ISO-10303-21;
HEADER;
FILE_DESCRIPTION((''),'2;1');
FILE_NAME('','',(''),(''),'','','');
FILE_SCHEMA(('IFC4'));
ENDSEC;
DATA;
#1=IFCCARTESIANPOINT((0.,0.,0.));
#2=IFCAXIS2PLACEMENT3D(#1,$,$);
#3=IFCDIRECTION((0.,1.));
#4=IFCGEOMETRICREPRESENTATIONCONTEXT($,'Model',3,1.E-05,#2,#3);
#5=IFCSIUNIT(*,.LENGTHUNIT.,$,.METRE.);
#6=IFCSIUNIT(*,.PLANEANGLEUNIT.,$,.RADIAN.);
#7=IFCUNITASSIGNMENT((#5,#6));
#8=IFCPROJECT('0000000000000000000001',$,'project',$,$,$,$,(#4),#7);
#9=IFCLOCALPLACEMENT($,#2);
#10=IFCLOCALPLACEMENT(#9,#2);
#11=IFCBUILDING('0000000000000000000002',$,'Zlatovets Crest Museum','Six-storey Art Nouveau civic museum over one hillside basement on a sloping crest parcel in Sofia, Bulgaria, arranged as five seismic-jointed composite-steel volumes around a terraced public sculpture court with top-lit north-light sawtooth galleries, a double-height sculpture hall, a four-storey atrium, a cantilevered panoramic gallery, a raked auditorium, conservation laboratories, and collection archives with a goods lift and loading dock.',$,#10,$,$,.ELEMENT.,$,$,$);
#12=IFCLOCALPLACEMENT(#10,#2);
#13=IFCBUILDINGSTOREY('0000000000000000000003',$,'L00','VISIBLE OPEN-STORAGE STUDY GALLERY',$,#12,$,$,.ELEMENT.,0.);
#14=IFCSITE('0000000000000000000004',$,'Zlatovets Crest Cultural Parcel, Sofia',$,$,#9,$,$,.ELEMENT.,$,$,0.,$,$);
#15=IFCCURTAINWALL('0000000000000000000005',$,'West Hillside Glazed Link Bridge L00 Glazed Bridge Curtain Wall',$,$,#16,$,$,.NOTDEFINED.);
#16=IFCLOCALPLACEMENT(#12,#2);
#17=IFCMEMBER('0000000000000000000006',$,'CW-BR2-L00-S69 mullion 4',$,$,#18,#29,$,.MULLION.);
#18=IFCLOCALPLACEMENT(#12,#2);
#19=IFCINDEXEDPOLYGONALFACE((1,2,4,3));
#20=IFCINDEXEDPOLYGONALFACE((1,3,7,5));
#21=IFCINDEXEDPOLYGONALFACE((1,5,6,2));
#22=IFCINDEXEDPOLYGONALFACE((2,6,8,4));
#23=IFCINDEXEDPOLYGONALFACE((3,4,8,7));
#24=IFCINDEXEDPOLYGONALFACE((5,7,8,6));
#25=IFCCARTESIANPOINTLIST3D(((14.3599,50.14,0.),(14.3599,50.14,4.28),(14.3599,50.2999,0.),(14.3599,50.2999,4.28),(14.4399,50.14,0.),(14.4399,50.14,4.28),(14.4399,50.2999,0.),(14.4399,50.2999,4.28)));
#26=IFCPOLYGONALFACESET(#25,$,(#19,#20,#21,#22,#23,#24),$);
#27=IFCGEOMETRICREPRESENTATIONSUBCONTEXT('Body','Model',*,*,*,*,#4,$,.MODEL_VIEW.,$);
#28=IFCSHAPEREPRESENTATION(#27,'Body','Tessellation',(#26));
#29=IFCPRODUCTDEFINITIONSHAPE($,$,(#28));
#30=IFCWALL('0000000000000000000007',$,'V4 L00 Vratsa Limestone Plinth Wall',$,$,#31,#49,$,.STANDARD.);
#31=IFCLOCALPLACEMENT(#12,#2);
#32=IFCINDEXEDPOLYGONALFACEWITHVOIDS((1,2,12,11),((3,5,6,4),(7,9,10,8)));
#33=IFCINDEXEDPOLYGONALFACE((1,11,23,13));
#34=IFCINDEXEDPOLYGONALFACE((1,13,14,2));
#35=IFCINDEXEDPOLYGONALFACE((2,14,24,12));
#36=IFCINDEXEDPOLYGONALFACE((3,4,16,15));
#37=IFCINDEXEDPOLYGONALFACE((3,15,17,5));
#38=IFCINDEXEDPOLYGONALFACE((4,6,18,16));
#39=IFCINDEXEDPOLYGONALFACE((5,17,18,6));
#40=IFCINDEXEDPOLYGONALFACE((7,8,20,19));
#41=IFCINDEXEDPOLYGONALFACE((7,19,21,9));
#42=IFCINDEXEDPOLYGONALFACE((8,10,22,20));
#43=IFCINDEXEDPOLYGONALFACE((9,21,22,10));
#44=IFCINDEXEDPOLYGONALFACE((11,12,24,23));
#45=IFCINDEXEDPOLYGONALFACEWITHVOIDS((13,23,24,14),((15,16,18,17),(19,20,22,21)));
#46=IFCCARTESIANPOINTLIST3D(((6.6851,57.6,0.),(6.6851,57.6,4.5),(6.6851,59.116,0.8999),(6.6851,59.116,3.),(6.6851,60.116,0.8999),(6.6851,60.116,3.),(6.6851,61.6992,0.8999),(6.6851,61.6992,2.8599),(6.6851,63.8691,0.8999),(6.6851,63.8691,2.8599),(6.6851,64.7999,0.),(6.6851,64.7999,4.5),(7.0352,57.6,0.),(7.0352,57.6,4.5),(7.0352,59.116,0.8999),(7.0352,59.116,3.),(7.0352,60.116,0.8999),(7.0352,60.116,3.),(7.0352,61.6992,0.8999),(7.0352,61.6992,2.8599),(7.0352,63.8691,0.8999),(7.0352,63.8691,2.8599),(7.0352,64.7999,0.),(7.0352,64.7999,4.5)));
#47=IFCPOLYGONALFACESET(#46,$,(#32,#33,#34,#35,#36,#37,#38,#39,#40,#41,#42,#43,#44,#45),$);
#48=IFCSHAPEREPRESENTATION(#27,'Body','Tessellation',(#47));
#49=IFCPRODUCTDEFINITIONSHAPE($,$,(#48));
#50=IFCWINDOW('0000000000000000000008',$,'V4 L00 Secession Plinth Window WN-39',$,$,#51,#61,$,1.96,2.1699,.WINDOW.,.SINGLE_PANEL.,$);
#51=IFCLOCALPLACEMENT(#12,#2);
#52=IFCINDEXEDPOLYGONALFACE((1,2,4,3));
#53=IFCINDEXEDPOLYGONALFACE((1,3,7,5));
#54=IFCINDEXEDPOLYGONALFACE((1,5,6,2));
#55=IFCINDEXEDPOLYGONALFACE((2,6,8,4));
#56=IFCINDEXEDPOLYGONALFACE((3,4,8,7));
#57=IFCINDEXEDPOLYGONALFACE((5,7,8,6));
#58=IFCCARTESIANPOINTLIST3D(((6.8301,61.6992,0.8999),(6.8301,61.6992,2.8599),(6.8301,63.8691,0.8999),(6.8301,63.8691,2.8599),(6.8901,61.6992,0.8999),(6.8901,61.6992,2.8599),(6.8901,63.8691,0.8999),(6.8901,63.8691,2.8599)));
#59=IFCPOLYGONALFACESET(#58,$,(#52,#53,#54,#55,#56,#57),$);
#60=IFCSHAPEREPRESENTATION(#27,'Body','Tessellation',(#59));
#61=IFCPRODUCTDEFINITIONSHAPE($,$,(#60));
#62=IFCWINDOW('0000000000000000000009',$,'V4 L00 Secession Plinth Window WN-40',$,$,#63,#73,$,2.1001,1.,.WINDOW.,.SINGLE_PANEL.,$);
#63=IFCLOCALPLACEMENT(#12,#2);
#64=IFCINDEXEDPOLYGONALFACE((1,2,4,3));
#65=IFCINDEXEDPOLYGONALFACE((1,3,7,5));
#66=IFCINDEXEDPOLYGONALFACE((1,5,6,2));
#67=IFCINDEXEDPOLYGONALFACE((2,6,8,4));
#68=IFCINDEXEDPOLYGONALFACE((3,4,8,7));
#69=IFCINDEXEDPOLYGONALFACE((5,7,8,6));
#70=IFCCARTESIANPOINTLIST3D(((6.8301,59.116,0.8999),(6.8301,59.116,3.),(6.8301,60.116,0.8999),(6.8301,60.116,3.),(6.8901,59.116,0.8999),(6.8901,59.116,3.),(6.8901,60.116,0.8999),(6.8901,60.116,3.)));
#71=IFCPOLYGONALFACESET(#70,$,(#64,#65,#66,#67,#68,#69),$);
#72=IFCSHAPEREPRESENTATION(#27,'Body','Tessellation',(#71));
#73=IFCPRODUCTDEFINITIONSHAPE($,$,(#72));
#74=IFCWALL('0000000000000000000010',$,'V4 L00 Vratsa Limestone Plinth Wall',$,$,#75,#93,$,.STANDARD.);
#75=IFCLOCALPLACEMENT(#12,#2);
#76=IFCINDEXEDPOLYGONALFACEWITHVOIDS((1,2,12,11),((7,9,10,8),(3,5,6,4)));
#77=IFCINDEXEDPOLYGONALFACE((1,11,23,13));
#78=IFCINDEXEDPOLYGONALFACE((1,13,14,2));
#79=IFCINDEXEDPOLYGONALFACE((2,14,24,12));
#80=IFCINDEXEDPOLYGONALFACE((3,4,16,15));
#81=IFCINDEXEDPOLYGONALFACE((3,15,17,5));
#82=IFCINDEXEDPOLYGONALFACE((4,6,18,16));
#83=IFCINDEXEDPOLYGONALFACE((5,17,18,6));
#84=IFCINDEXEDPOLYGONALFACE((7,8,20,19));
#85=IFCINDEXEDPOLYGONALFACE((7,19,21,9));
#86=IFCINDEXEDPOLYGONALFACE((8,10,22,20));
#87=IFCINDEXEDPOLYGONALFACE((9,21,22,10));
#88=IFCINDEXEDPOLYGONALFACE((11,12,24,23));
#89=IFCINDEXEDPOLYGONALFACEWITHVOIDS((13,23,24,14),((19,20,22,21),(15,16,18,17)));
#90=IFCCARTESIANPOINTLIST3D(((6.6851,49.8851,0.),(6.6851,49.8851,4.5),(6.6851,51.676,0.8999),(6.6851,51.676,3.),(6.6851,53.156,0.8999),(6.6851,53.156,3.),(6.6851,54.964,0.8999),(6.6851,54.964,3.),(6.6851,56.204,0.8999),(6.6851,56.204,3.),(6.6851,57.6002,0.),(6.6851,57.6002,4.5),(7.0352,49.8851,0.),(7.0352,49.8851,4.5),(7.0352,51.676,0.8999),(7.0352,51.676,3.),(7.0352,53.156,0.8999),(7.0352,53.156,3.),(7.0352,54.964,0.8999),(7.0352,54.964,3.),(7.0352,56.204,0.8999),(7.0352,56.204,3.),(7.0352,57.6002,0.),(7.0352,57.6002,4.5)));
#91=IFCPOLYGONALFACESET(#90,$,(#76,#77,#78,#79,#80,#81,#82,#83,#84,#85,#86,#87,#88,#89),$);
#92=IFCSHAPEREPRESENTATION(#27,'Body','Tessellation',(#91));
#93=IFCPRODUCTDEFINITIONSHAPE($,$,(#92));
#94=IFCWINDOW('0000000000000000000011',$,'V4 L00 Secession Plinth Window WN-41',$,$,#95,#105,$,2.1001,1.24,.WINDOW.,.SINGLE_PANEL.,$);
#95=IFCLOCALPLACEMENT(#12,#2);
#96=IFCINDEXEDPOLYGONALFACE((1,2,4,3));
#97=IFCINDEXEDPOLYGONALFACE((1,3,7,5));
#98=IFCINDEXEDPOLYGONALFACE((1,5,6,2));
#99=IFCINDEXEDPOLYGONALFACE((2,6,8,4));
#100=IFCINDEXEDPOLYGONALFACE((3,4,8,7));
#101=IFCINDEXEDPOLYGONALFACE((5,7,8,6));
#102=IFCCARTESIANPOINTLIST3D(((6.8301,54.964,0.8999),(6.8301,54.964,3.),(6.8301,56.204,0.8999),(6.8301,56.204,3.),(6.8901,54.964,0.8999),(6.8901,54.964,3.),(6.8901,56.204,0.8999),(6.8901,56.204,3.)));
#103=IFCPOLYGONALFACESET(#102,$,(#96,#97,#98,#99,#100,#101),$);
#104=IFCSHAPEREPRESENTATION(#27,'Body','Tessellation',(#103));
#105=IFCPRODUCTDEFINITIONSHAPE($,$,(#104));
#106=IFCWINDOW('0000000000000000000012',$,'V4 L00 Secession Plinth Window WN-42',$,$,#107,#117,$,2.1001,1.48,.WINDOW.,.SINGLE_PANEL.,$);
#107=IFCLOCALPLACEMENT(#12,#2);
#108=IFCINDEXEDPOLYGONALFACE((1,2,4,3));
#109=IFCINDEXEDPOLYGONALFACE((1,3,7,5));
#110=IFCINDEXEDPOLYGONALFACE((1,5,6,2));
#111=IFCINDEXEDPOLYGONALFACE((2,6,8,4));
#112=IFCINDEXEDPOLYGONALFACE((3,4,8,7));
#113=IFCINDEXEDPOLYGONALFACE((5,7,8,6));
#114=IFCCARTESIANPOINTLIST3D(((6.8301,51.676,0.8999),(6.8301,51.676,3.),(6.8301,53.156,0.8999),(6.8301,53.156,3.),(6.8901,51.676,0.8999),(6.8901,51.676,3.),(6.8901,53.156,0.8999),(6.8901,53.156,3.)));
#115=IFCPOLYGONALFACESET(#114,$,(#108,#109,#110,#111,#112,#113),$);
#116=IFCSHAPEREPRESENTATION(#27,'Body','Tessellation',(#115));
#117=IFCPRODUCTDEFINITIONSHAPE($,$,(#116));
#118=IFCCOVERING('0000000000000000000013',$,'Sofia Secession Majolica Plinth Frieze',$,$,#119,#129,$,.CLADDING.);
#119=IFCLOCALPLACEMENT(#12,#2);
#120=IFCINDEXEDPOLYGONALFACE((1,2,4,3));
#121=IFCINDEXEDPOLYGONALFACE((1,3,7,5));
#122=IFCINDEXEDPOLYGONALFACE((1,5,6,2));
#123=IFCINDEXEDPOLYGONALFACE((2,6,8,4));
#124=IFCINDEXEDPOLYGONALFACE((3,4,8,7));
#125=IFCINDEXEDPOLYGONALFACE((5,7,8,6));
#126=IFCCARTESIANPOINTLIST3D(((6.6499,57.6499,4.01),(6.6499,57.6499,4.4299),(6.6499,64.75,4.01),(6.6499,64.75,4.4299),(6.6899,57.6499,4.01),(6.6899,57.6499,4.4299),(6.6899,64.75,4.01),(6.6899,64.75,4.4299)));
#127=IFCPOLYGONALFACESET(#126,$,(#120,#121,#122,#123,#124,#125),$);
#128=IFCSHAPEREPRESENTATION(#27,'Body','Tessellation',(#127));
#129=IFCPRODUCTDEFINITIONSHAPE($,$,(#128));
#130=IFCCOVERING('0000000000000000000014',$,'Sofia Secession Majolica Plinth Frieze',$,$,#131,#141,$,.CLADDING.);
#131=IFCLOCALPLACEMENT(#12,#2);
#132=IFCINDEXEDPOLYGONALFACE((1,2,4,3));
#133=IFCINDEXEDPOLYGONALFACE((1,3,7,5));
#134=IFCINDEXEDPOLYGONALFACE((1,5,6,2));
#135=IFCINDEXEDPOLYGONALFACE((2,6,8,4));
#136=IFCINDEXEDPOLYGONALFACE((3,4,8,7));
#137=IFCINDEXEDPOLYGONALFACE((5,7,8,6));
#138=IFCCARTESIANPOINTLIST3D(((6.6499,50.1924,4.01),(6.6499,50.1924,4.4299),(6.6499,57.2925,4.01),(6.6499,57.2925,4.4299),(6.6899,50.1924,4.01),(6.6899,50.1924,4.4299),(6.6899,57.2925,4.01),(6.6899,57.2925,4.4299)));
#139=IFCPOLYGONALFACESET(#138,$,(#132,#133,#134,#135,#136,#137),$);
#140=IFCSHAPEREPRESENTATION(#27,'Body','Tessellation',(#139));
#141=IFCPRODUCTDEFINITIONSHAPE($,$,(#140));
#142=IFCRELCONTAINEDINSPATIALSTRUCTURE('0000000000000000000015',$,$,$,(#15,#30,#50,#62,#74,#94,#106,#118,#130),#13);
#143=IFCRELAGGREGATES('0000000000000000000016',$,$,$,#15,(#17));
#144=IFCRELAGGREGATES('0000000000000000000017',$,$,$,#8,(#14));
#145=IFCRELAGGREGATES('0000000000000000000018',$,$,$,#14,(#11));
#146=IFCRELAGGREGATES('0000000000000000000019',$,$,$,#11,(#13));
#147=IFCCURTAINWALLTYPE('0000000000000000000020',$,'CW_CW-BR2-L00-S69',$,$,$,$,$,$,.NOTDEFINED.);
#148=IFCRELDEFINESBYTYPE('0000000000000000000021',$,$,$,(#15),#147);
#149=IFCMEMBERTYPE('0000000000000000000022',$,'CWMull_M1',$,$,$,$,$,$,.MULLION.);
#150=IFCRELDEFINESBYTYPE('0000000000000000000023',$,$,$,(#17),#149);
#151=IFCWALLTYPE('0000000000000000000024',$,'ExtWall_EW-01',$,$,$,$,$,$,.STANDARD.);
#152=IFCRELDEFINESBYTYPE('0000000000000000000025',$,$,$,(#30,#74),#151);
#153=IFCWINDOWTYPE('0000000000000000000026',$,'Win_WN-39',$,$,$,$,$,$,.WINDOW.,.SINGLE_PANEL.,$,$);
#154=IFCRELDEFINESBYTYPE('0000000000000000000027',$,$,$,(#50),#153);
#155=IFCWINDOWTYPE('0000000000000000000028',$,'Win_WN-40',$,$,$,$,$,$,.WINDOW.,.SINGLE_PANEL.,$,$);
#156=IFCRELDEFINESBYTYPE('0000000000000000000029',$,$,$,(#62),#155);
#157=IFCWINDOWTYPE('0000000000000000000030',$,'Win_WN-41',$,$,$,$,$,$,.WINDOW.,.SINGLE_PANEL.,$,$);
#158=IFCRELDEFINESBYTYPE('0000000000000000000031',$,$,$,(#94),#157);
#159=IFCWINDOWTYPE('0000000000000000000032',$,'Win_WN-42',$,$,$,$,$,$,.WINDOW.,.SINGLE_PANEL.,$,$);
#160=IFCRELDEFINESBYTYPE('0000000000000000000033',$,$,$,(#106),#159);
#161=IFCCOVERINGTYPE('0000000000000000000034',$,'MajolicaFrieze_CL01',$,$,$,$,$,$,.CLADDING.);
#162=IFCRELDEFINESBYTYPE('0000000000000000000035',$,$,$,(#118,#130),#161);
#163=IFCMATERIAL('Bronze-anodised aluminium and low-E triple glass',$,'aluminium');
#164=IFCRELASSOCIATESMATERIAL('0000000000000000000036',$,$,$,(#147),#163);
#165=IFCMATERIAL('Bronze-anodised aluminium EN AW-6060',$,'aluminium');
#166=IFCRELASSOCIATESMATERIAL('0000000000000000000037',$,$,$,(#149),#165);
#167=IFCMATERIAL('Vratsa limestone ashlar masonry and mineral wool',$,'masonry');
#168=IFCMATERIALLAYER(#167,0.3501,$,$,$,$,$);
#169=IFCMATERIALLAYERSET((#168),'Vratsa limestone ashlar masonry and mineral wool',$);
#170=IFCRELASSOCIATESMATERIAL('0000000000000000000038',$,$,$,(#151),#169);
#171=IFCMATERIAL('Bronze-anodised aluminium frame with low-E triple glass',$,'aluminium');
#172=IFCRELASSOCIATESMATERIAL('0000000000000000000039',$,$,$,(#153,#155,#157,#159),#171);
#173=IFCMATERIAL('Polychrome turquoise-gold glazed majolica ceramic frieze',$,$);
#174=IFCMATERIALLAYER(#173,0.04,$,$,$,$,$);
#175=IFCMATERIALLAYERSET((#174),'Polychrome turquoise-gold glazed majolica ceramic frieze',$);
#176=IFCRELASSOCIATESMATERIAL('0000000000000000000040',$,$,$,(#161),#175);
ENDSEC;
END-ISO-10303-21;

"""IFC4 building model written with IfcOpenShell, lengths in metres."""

from ifc_helpers import new_model, si_unit, direction, frame, frame_2d, origin, origin_2d, place, context, subcontext, project, spatial, rectangle, extrude, material, layer, layer_set, material_profile, profile_set, type_object, element, fill, aggregate, save


model = new_model("IFC4")

# Units and contexts
model_context = context("Model", 3, precision=1e-05, world=origin(), true_north=direction((0.0, 1.0)))
body_context = subcontext(model_context, "Body", "Model", "MODEL_VIEW")
ifc_project = project(units=[si_unit("LENGTHUNIT", "METRE"), si_unit("PLANEANGLEUNIT", "RADIAN")], contexts=[model_context])

# Site, building, storey
site_placement = place(None, origin())
site = spatial("IfcSite", under=ifc_project, at=site_placement, Name="Zlatovets Crest Cultural Parcel, Sofia", CompositionType="ELEMENT", RefElevation=0.0)
building_placement = place(site_placement, origin())
building = spatial("IfcBuilding", under=site, at=building_placement, Name="Zlatovets Crest Museum", Description="Six-storey Art Nouveau civic museum over one hillside basement on a sloping crest parcel in Sofia, Bulgaria, arranged as five seismic-jointed composite-steel volumes around a terraced public sculpture court with top-lit north-light sawtooth galleries, a double-height sculpture hall, a four-storey atrium, a cantilevered panoramic gallery, a raked auditorium, conservation laboratories, and collection archives with a goods lift and loading dock.", CompositionType="ELEMENT")
storey_placement = place(building_placement, origin())
storey = spatial("IfcBuildingStorey", under=building, at=storey_placement, Name="L00", Description="VISIBLE OPEN-STORAGE STUDY GALLERY", CompositionType="ELEMENT", Elevation=0.0)

# Curtain wall, member
ifc_material_1 = material(Name="Bronze-anodised aluminium and low-E triple glass", Category="aluminium")
curtain_wall_type = type_object("IfcCurtainWallType", Name="CW_CW-BR2-L00-S69", PredefinedType="NOTDEFINED", material=ifc_material_1)
curtain_wall_placement = place(storey_placement, origin())
curtain_wall = element("IfcCurtainWall", 1, at=curtain_wall_placement, inside=storey, type_object=curtain_wall_type, Name="West Hillside Glazed Link Bridge L00 Glazed Bridge Curtain Wall", PredefinedType="NOTDEFINED")
ifc_material_2 = material(Name="Bronze-anodised aluminium EN AW-6060", Category="aluminium")
ifc_material_profile_1 = material_profile(ifc_material_2, rectangle(XDim=0.0801, YDim=0.1599, at=origin_2d()), Name="ALU 80x160")
ifc_profile_set_1 = profile_set([ifc_material_profile_1], Name="Bronze-anodised aluminium EN AW-6060")
member_type = type_object("IfcMemberType", Name="CWMull_M1", PredefinedType="MULLION", material=ifc_profile_set_1)
member_placement = place(storey_placement, frame((14.3999, 50.22, 0.0), z_axis=(0.0, 0.0, 1.0), x_axis=(-1.0, 0.0, 0.0)))
member = element("IfcMember", 2, at=member_placement, type_object=member_type, Name="CW-BR2-L00-S69 mullion 4", PredefinedType="MULLION", context=body_context, shape_type="SweptSolid", body=[
    extrude(rectangle(XDim=0.0801, YDim=0.1599, at=origin_2d()), origin(), (0.0, 0.0, 1.0), 4.28),
])
aggregate(curtain_wall, [member])

# Walls, openings, windows
ifc_material_3 = material(Name="Vratsa limestone ashlar masonry and mineral wool", Category="masonry")
ifc_layer_1 = layer(ifc_material_3, 0.3501)
ifc_layer_set_1 = layer_set([ifc_layer_1], Name="Vratsa limestone ashlar masonry and mineral wool")
wall_type = type_object("IfcWallType", Name="ExtWall_EW-01", PredefinedType="STANDARD", material=ifc_layer_set_1)
wall_1_placement = place(storey_placement, frame((6.8601, 64.8, 0.0), z_axis=(0.0, 0.0, 1.0), x_axis=(0.0, -1.0, 0.0)))
wall_1 = element("IfcWall", 3, at=wall_1_placement, inside=storey, type_object=wall_type, Name="V4 L00 Vratsa Limestone Plinth Wall", PredefinedType="STANDARD", context=body_context, shape_type="SweptSolid", body=[
    extrude(rectangle(XDim=7.2, YDim=0.3501, at=frame_2d((3.6001, 0.0))), origin(), (0.0, 0.0, 1.0), 4.5),
])
opening_1_placement = place(wall_1_placement, frame((0.9309, 0.0, 0.8999)))
opening_1 = element("IfcOpeningElement", 4, at=opening_1_placement, cuts=wall_1, PredefinedType="OPENING", context=body_context, shape_type="SweptSolid", body=[
    extrude(rectangle(XDim=2.1699, YDim=1.96, at=frame_2d((1.085, 0.98))), frame((0.0, 0.1851, 0.0), z_axis=(0.0, -1.0, 0.0), x_axis=(1.0, 0.0, 0.0)), (0.0, 0.0, 1.0), 0.3701),
])
opening_2_placement = place(wall_1_placement, frame((4.6841, 0.0, 0.8999)))
opening_2 = element("IfcOpeningElement", 5, at=opening_2_placement, cuts=wall_1, PredefinedType="OPENING", context=body_context, shape_type="SweptSolid", body=[
    extrude(rectangle(XDim=1.0, YDim=2.1001, at=frame_2d((0.5, 1.05))), frame((0.0, 0.1851, 0.0), z_axis=(0.0, -1.0, 0.0), x_axis=(1.0, 0.0, 0.0)), (0.0, 0.0, 1.0), 0.3701),
])
ifc_material_4 = material(Name="Bronze-anodised aluminium frame with low-E triple glass", Category="aluminium")
window_type_1 = type_object("IfcWindowType", Name="Win_WN-39", PartitioningType="SINGLE_PANEL", PredefinedType="WINDOW", material=ifc_material_4)
window_1_placement = place(opening_1_placement, origin())
window_1 = element("IfcWindow", 6, at=window_1_placement, inside=storey, type_object=window_type_1, Name="V4 L00 Secession Plinth Window WN-39", OverallHeight=1.96, OverallWidth=2.1699, PartitioningType="SINGLE_PANEL", PredefinedType="WINDOW", context=body_context, shape_type="SweptSolid", body=[
    extrude(rectangle(XDim=2.1699, YDim=1.96, at=frame_2d((1.085, 0.98))), frame((0.0, 0.03, 0.0), z_axis=(0.0, -1.0, 0.0), x_axis=(1.0, 0.0, 0.0)), (0.0, 0.0, 1.0), 0.0601),
])
fill(opening_1, window_1)
window_type_2 = type_object("IfcWindowType", Name="Win_WN-40", PartitioningType="SINGLE_PANEL", PredefinedType="WINDOW", material=ifc_material_4)
window_2_placement = place(opening_2_placement, origin())
window_2 = element("IfcWindow", 7, at=window_2_placement, inside=storey, type_object=window_type_2, Name="V4 L00 Secession Plinth Window WN-40", OverallHeight=2.1001, OverallWidth=1.0, PartitioningType="SINGLE_PANEL", PredefinedType="WINDOW", context=body_context, shape_type="SweptSolid", body=[
    extrude(rectangle(XDim=1.0, YDim=2.1001, at=frame_2d((0.5, 1.05))), frame((0.0, 0.03, 0.0), z_axis=(0.0, -1.0, 0.0), x_axis=(1.0, 0.0, 0.0)), (0.0, 0.0, 1.0), 0.0601),
])
fill(opening_2, window_2)
wall_2_placement = place(storey_placement, frame((6.8601, 57.6001, 0.0), z_axis=(0.0, 0.0, 1.0), x_axis=(0.0, -1.0, 0.0)))
wall_2 = element("IfcWall", 8, at=wall_2_placement, inside=storey, type_object=wall_type, Name="V4 L00 Vratsa Limestone Plinth Wall", PredefinedType="STANDARD", context=body_context, shape_type="SweptSolid", body=[
    extrude(rectangle(XDim=7.7151, YDim=0.3501, at=frame_2d((3.8574, 0.0))), origin(), (0.0, 0.0, 1.0), 4.5),
])
opening_3_placement = place(wall_2_placement, frame((1.396, 0.0, 0.8999)))
opening_3 = element("IfcOpeningElement", 9, at=opening_3_placement, cuts=wall_2, PredefinedType="OPENING", context=body_context, shape_type="SweptSolid", body=[
    extrude(rectangle(XDim=1.24, YDim=2.1001, at=frame_2d((0.6201, 1.05))), frame((0.0, 0.1851, 0.0), z_axis=(0.0, -1.0, 0.0), x_axis=(1.0, 0.0, 0.0)), (0.0, 0.0, 1.0), 0.3701),
])
opening_4_placement = place(wall_2_placement, frame((4.4441, 0.0, 0.8999)))
opening_4 = element("IfcOpeningElement", 10, at=opening_4_placement, cuts=wall_2, PredefinedType="OPENING", context=body_context, shape_type="SweptSolid", body=[
    extrude(rectangle(XDim=1.48, YDim=2.1001, at=frame_2d((0.74, 1.05))), frame((0.0, 0.1851, 0.0), z_axis=(0.0, -1.0, 0.0), x_axis=(1.0, 0.0, 0.0)), (0.0, 0.0, 1.0), 0.3701),
])
window_type_3 = type_object("IfcWindowType", Name="Win_WN-41", PartitioningType="SINGLE_PANEL", PredefinedType="WINDOW", material=ifc_material_4)
window_3_placement = place(opening_3_placement, origin())
window_3 = element("IfcWindow", 11, at=window_3_placement, inside=storey, type_object=window_type_3, Name="V4 L00 Secession Plinth Window WN-41", OverallHeight=2.1001, OverallWidth=1.24, PartitioningType="SINGLE_PANEL", PredefinedType="WINDOW", context=body_context, shape_type="SweptSolid", body=[
    extrude(rectangle(XDim=1.24, YDim=2.1001, at=frame_2d((0.6201, 1.05))), frame((0.0, 0.03, 0.0), z_axis=(0.0, -1.0, 0.0), x_axis=(1.0, 0.0, 0.0)), (0.0, 0.0, 1.0), 0.0601),
])
fill(opening_3, window_3)
window_type_4 = type_object("IfcWindowType", Name="Win_WN-42", PartitioningType="SINGLE_PANEL", PredefinedType="WINDOW", material=ifc_material_4)
window_4_placement = place(opening_4_placement, origin())
window_4 = element("IfcWindow", 12, at=window_4_placement, inside=storey, type_object=window_type_4, Name="V4 L00 Secession Plinth Window WN-42", OverallHeight=2.1001, OverallWidth=1.48, PartitioningType="SINGLE_PANEL", PredefinedType="WINDOW", context=body_context, shape_type="SweptSolid", body=[
    extrude(rectangle(XDim=1.48, YDim=2.1001, at=frame_2d((0.74, 1.05))), frame((0.0, 0.03, 0.0), z_axis=(0.0, -1.0, 0.0), x_axis=(1.0, 0.0, 0.0)), (0.0, 0.0, 1.0), 0.0601),
])
fill(opening_4, window_4)

# Coverings
ifc_material_5 = material(Name="Polychrome turquoise-gold glazed majolica ceramic frieze")
ifc_layer_2 = layer(ifc_material_5, 0.04)
ifc_layer_set_2 = layer_set([ifc_layer_2], Name="Polychrome turquoise-gold glazed majolica ceramic frieze")
covering_type = type_object("IfcCoveringType", Name="MajolicaFrieze_CL01", PredefinedType="CLADDING", material=ifc_layer_set_2)
for number, where, z_axis, x_axis, name in (
    (13, (6.6699, 61.2, 4.01), (0.0, 0.0, 1.0), (0.0, 1.0, 0.0), "Sofia Secession Majolica Plinth Frieze"),
    (14, (6.6699, 53.7424, 4.01), (0.0, 0.0, 1.0), (0.0, 1.0, 0.0), "Sofia Secession Majolica Plinth Frieze"),
):
    element("IfcCovering", number, at=place(storey_placement, frame(where, z_axis=z_axis, x_axis=x_axis)), inside=storey, type_object=covering_type, Name=name, PredefinedType="CLADDING", context=body_context, shape_type="SweptSolid", body=[
        extrude(rectangle(XDim=7.1001, YDim=0.04, at=origin_2d()), origin(), (0.0, 0.0, 1.0), 0.4199),
    ])

save(model, "model.ifc")
